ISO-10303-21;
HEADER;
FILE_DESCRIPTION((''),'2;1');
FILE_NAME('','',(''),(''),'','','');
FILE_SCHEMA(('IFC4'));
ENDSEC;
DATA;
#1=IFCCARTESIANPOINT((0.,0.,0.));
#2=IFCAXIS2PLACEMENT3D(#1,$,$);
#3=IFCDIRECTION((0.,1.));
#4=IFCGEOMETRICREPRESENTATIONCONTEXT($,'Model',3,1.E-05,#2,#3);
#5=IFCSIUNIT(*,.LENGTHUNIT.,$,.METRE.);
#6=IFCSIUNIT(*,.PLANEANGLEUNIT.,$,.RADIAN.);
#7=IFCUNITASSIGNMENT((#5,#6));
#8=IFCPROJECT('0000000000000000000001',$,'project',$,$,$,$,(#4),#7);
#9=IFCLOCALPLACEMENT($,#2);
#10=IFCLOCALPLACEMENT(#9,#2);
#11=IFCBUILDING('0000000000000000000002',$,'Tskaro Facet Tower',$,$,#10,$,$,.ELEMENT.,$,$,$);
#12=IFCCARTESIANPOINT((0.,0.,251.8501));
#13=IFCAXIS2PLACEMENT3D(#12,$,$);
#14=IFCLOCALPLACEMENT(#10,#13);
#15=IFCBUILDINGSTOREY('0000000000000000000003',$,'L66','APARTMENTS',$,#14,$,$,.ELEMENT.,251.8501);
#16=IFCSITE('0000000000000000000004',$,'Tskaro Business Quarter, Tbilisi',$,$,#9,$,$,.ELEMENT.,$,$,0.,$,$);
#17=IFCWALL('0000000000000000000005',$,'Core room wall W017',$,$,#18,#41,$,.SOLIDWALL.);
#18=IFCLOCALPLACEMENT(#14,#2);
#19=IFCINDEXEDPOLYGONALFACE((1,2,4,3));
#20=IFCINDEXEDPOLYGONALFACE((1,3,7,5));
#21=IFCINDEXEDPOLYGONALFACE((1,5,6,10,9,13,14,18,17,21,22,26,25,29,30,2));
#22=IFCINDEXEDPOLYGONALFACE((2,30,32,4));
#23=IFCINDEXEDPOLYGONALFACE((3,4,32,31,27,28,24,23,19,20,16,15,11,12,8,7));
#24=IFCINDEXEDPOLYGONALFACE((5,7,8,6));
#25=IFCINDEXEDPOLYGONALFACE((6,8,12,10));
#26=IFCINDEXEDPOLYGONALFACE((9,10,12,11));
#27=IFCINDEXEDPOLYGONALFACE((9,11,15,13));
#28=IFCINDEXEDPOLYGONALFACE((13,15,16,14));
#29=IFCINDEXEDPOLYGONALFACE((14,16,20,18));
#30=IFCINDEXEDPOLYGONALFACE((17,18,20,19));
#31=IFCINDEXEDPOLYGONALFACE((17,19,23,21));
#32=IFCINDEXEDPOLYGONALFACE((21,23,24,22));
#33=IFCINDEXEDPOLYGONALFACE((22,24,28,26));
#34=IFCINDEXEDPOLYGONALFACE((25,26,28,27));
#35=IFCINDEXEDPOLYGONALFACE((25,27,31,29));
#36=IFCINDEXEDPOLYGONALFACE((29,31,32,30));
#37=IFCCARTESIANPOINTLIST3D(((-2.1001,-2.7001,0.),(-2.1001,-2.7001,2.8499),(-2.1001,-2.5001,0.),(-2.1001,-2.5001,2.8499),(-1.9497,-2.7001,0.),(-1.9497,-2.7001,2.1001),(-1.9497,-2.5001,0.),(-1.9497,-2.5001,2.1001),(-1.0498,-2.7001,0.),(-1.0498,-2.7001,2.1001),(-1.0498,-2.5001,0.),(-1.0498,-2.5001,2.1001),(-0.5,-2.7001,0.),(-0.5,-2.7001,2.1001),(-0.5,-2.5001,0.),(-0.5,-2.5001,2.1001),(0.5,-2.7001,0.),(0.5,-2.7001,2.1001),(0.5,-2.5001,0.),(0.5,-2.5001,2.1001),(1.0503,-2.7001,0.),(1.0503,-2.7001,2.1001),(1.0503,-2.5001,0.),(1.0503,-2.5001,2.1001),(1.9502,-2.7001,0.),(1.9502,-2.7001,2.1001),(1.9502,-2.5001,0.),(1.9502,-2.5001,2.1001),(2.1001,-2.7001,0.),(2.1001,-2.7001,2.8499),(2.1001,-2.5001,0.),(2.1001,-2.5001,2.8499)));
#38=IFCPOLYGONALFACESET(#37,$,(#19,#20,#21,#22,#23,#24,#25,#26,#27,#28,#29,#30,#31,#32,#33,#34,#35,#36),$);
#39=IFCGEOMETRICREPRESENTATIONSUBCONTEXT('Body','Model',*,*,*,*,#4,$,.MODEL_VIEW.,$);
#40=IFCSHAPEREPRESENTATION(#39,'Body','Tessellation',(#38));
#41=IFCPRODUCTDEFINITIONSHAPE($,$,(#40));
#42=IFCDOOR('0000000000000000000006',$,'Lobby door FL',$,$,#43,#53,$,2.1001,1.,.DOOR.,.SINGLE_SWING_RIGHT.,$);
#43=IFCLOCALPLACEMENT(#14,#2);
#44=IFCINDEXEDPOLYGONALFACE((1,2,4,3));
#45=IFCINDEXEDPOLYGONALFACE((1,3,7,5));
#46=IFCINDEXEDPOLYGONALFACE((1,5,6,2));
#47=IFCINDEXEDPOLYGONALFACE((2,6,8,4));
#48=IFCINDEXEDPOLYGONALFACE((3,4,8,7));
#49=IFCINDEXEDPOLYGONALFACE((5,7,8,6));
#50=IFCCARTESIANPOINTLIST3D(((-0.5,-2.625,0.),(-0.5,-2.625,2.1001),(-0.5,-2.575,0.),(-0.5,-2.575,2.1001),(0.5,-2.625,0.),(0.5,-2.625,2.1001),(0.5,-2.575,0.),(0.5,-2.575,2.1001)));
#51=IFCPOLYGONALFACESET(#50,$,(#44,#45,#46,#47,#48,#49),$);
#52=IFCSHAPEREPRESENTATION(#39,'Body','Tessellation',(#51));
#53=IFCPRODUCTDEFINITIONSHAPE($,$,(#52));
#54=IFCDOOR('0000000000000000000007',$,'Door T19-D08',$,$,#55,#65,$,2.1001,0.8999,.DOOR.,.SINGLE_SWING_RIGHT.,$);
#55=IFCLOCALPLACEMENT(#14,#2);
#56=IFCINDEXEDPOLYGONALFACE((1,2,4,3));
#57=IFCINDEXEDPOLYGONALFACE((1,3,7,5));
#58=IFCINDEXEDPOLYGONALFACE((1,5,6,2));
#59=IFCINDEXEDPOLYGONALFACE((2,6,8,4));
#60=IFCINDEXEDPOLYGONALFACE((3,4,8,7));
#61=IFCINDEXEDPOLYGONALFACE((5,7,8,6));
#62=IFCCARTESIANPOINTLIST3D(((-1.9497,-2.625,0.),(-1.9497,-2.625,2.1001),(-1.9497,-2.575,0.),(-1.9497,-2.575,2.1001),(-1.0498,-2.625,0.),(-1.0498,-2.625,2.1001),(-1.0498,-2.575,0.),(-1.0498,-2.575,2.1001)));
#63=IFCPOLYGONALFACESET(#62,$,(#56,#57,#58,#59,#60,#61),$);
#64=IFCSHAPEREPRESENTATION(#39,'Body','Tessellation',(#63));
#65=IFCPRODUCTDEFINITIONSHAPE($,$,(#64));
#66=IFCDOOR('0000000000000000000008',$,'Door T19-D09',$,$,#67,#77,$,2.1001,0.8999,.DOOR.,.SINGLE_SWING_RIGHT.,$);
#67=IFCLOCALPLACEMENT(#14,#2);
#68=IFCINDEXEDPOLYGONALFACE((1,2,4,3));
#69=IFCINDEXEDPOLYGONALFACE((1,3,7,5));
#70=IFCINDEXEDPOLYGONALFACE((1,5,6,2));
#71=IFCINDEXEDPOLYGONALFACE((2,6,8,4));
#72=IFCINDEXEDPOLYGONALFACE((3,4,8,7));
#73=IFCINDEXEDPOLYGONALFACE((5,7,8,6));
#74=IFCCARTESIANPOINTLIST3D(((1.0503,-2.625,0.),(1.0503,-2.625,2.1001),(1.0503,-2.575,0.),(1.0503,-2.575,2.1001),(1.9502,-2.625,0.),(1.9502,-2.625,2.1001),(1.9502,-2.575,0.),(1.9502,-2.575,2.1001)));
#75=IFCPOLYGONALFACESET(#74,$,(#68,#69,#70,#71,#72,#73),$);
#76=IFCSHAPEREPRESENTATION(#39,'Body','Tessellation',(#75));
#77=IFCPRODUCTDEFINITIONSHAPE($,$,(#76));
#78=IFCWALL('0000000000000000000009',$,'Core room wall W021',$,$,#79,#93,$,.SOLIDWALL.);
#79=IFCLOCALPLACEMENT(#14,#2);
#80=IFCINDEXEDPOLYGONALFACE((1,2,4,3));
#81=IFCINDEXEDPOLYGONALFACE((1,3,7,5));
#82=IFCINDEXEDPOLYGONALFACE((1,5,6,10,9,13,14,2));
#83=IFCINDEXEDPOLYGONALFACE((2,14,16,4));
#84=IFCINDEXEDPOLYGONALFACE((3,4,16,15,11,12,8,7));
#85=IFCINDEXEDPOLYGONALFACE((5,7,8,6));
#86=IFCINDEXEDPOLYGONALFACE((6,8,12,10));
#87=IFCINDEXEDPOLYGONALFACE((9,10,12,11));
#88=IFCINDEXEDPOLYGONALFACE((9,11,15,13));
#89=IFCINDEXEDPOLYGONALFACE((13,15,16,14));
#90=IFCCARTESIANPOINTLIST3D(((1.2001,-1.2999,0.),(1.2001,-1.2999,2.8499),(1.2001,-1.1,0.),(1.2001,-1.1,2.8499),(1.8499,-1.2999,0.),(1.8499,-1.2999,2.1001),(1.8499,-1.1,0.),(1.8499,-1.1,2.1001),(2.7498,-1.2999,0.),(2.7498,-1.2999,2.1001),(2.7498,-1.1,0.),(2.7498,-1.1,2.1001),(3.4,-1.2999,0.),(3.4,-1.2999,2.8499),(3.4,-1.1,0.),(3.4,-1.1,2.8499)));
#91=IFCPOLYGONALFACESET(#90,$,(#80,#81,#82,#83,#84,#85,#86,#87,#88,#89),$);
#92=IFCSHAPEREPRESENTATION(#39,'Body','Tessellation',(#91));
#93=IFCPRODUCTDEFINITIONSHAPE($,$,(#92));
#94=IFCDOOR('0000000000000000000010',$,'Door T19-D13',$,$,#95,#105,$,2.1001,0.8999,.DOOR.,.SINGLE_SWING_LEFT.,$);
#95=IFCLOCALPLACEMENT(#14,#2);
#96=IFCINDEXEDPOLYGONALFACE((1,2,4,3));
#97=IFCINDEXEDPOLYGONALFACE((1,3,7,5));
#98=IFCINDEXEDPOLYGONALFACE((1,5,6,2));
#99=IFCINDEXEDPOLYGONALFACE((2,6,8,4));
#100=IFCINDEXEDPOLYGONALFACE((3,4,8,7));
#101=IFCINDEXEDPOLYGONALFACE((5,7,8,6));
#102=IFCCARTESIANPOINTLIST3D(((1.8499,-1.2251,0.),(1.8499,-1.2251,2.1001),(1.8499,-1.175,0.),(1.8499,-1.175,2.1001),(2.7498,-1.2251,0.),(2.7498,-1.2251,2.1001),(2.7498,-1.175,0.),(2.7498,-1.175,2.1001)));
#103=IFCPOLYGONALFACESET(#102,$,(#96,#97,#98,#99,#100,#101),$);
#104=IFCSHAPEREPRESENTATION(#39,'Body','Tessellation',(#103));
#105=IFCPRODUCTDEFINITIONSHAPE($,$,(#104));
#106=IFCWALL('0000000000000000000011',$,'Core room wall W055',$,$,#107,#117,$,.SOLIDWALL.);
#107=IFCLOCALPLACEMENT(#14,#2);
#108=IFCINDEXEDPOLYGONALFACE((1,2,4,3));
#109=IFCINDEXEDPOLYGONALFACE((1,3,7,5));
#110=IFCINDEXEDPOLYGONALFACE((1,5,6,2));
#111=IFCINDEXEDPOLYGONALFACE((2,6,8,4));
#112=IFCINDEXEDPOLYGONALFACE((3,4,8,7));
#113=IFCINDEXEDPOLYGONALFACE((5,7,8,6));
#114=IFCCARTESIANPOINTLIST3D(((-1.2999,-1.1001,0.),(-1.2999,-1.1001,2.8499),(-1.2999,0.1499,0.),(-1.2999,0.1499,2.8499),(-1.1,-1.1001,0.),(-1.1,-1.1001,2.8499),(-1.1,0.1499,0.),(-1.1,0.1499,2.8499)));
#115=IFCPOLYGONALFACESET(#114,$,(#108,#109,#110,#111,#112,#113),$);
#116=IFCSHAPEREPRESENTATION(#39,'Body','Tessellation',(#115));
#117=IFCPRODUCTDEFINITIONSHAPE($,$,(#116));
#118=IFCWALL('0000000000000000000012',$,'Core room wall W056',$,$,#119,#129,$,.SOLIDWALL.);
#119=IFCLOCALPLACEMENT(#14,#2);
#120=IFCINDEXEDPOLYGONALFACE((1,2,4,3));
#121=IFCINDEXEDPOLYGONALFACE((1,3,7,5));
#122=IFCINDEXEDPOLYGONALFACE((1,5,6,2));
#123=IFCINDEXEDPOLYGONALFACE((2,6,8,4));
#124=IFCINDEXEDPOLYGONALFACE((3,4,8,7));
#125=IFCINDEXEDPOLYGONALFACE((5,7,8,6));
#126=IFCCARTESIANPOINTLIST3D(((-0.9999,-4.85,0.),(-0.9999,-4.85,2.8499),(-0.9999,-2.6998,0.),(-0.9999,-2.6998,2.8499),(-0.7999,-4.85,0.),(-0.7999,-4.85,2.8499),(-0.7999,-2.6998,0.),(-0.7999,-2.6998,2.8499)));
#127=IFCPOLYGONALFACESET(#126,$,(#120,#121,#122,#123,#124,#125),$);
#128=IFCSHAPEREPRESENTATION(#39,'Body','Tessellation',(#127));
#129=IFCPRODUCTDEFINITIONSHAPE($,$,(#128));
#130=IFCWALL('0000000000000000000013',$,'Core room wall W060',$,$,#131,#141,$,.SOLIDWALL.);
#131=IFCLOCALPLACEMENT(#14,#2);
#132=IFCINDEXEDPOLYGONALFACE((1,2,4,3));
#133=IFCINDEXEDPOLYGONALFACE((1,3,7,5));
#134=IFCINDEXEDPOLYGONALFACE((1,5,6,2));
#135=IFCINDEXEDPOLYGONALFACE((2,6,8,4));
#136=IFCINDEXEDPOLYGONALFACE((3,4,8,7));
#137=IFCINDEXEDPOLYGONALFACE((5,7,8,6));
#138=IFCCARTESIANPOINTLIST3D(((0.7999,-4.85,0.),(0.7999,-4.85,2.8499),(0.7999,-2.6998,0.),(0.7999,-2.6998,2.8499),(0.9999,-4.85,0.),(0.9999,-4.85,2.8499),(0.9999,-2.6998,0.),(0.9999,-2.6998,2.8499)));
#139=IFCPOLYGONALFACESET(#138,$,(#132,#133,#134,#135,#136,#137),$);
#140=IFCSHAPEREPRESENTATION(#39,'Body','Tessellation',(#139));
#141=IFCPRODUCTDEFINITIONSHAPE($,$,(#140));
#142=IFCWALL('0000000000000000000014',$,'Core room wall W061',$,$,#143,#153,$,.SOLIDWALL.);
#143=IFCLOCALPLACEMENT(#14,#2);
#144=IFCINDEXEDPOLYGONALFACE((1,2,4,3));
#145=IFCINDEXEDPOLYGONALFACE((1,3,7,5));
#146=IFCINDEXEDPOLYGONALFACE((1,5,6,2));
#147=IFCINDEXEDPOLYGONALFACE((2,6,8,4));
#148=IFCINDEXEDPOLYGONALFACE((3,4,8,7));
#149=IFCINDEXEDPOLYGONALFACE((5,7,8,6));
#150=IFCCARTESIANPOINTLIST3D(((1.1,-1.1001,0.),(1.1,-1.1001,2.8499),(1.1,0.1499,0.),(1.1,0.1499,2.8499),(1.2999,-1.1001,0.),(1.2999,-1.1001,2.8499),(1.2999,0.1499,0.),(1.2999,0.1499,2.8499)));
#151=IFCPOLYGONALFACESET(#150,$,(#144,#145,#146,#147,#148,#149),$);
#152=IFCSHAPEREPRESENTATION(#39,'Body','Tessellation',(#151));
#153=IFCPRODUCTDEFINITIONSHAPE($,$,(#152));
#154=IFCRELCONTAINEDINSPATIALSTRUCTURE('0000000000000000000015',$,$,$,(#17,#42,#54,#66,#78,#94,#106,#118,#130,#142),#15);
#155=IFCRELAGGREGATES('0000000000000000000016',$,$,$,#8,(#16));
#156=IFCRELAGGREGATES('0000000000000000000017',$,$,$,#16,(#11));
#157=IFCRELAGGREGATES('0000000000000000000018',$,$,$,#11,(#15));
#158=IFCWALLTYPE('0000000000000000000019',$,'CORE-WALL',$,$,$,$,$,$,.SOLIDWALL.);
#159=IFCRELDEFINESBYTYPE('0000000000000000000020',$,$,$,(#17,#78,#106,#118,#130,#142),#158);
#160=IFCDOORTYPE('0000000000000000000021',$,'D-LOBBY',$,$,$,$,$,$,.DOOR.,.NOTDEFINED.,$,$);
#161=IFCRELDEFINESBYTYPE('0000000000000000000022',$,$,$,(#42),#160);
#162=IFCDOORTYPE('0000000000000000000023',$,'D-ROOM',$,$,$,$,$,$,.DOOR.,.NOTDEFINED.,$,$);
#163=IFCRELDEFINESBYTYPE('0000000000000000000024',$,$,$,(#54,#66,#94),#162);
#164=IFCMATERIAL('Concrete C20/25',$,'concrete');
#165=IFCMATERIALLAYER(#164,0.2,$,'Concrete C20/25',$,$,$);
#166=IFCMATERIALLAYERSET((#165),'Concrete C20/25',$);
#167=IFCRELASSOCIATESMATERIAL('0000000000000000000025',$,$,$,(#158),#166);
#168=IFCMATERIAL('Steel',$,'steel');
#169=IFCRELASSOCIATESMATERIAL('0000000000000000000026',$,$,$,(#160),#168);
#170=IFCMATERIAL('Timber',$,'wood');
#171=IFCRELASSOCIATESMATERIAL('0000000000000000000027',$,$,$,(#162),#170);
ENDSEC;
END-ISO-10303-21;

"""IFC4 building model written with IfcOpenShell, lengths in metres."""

from ifc_helpers import new_model, si_unit, direction, frame, frame_2d, origin, place, context, subcontext, project, spatial, rectangle, extrude, material, layer, layer_set, type_object, element, fill, save


model = new_model("IFC4")

# Units and contexts
model_context = context("Model", 3, precision=1e-05, world=origin(), true_north=direction((0.0, 1.0)))
body_context = subcontext(model_context, "Body", "Model", "MODEL_VIEW")
ifc_project = project(units=[si_unit("LENGTHUNIT", "METRE"), si_unit("PLANEANGLEUNIT", "RADIAN")], contexts=[model_context])

# Site, building, storey
site_placement = place(None, origin())
site = spatial("IfcSite", under=ifc_project, at=site_placement, Name="Tskaro Business Quarter, Tbilisi", CompositionType="ELEMENT", RefElevation=0.0)
building_placement = place(site_placement, origin())
building = spatial("IfcBuilding", under=site, at=building_placement, Name="Tskaro Facet Tower", CompositionType="ELEMENT")
storey_placement = place(building_placement, frame((0.0, 0.0, 251.8501)))
storey = spatial("IfcBuildingStorey", under=building, at=storey_placement, Name="L66", Description="APARTMENTS", CompositionType="ELEMENT", Elevation=251.8501)

# Shared definitions
ifc_material_1 = material(Name="Steel", Category="steel")

# Shared definitions
ifc_material_2 = material(Name="Concrete C20/25", Category="concrete")
ifc_layer_1 = layer(ifc_material_2, 0.2, Name="Concrete C20/25")
ifc_layer_set_1 = layer_set([ifc_layer_1], Name="Concrete C20/25")
wall_type_1 = type_object("IfcWallType", Name="CORE-WALL", PredefinedType="SOLIDWALL", material=ifc_layer_set_1)

# Wall, openings, doors
wall_1_placement = place(storey_placement, frame((2.1001, -2.6001, 0.0), z_axis=(0.0, 0.0, 1.0), x_axis=(-1.0, 0.0, 0.0)))
wall_1 = element("IfcWall", 1, at=wall_1_placement, inside=storey, type_object=wall_type_1, Name="Core room wall W017", PredefinedType="SOLIDWALL", context=body_context, shape_type="SweptSolid", body=[
    extrude(rectangle(XDim=4.2002, YDim=0.2, at=frame_2d((2.1001, 0.0))), origin(), (0.0, 0.0, 1.0), 2.8499),
])
opening_1_placement = place(wall_1_placement, frame((1.6001, 0.0, 0.0)))
opening_1 = element("IfcOpeningElement", 2, at=opening_1_placement, cuts=wall_1, PredefinedType="OPENING", context=body_context, shape_type="SweptSolid", body=[
    extrude(rectangle(XDim=1.0, YDim=2.1001, at=frame_2d((0.5, 1.05))), frame((0.0, 0.1099, 0.0), z_axis=(0.0, -1.0, 0.0), x_axis=(1.0, 0.0, 0.0)), (0.0, 0.0, 1.0), 0.22),
])
opening_2_placement = place(wall_1_placement, frame((3.1499, 0.0, 0.0)))
opening_2 = element("IfcOpeningElement", 3, at=opening_2_placement, cuts=wall_1, PredefinedType="OPENING", context=body_context, shape_type="SweptSolid", body=[
    extrude(rectangle(XDim=0.8999, YDim=2.1001, at=frame_2d((0.45, 1.05))), frame((0.0, 0.1099, 0.0), z_axis=(0.0, -1.0, 0.0), x_axis=(1.0, 0.0, 0.0)), (0.0, 0.0, 1.0), 0.22),
])
opening_3_placement = place(wall_1_placement, frame((0.1499, 0.0, 0.0)))
opening_3 = element("IfcOpeningElement", 4, at=opening_3_placement, cuts=wall_1, PredefinedType="OPENING", context=body_context, shape_type="SweptSolid", body=[
    extrude(rectangle(XDim=0.8999, YDim=2.1001, at=frame_2d((0.45, 1.05))), frame((0.0, 0.1099, 0.0), z_axis=(0.0, -1.0, 0.0), x_axis=(1.0, 0.0, 0.0)), (0.0, 0.0, 1.0), 0.22),
])
door_type_1 = type_object("IfcDoorType", Name="D-LOBBY", OperationType="NOTDEFINED", PredefinedType="DOOR", material=ifc_material_1)
door_1_placement = place(opening_1_placement, origin())
door_1 = element("IfcDoor", 5, at=door_1_placement, inside=storey, type_object=door_type_1, Name="Lobby door FL", OperationType="SINGLE_SWING_RIGHT", OverallHeight=2.1001, OverallWidth=1.0, PredefinedType="DOOR", context=body_context, shape_type="SweptSolid", body=[
    extrude(rectangle(XDim=1.0, YDim=2.1001, at=frame_2d((0.5, 1.05))), frame((0.0, 0.0249, 0.0), z_axis=(0.0, -1.0, 0.0), x_axis=(1.0, 0.0, 0.0)), (0.0, 0.0, 1.0), 0.05),
])
fill(opening_1, door_1)
ifc_material_3 = material(Name="Timber", Category="wood")
door_type_2 = type_object("IfcDoorType", Name="D-ROOM", OperationType="NOTDEFINED", PredefinedType="DOOR", material=ifc_material_3)
door_2_placement = place(opening_2_placement, origin())
door_2 = element("IfcDoor", 6, at=door_2_placement, inside=storey, type_object=door_type_2, Name="Door T19-D08", OperationType="SINGLE_SWING_RIGHT", OverallHeight=2.1001, OverallWidth=0.8999, PredefinedType="DOOR", context=body_context, shape_type="SweptSolid", body=[
    extrude(rectangle(XDim=0.8999, YDim=2.1001, at=frame_2d((0.45, 1.05))), frame((0.0, 0.0249, 0.0), z_axis=(0.0, -1.0, 0.0), x_axis=(1.0, 0.0, 0.0)), (0.0, 0.0, 1.0), 0.05),
])
fill(opening_2, door_2)
door_3_placement = place(opening_3_placement, origin())
door_3 = element("IfcDoor", 7, at=door_3_placement, inside=storey, type_object=door_type_2, Name="Door T19-D09", OperationType="SINGLE_SWING_RIGHT", OverallHeight=2.1001, OverallWidth=0.8999, PredefinedType="DOOR", context=body_context, shape_type="SweptSolid", body=[
    extrude(rectangle(XDim=0.8999, YDim=2.1001, at=frame_2d((0.45, 1.05))), frame((0.0, 0.0249, 0.0), z_axis=(0.0, -1.0, 0.0), x_axis=(1.0, 0.0, 0.0)), (0.0, 0.0, 1.0), 0.05),
])
fill(opening_3, door_3)

# Wall, opening, door
wall_2_placement = place(storey_placement, frame((1.2, -1.2, 0.0), z_axis=(0.0, 0.0, 1.0), x_axis=(1.0, 0.0, 0.0)))
wall_2 = element("IfcWall", 8, at=wall_2_placement, inside=storey, type_object=wall_type_1, Name="Core room wall W021", PredefinedType="SOLIDWALL", context=body_context, shape_type="SweptSolid", body=[
    extrude(rectangle(XDim=2.2, YDim=0.2, at=frame_2d((1.1001, 0.0))), origin(), (0.0, 0.0, 1.0), 2.8499),
])
opening_4_placement = place(wall_2_placement, frame((0.6499, 0.0, 0.0)))
opening_4 = element("IfcOpeningElement", 9, at=opening_4_placement, cuts=wall_2, PredefinedType="OPENING", context=body_context, shape_type="SweptSolid", body=[
    extrude(rectangle(XDim=0.8999, YDim=2.1001, at=frame_2d((0.45, 1.05))), frame((0.0, 0.1099, 0.0), z_axis=(0.0, -1.0, 0.0), x_axis=(1.0, 0.0, 0.0)), (0.0, 0.0, 1.0), 0.22),
])
door_4_placement = place(opening_4_placement, origin())
door_4 = element("IfcDoor", 10, at=door_4_placement, inside=storey, type_object=door_type_2, Name="Door T19-D13", OperationType="SINGLE_SWING_LEFT", OverallHeight=2.1001, OverallWidth=0.8999, PredefinedType="DOOR", context=body_context, shape_type="SweptSolid", body=[
    extrude(rectangle(XDim=0.8999, YDim=2.1001, at=frame_2d((0.45, 1.05))), frame((0.0, 0.0249, 0.0), z_axis=(0.0, -1.0, 0.0), x_axis=(1.0, 0.0, 0.0)), (0.0, 0.0, 1.0), 0.05),
])
fill(opening_4, door_4)

# Walls
wall_3_placement = place(storey_placement, frame((-1.2, -1.1001, 0.0), z_axis=(0.0, 0.0, 1.0), x_axis=(0.0, 1.0, 0.0)))
element("IfcWall", 11, at=wall_3_placement, inside=storey, type_object=wall_type_1, Name="Core room wall W055", PredefinedType="SOLIDWALL", context=body_context, shape_type="SweptSolid", body=[
    extrude(rectangle(XDim=1.25, YDim=0.2, at=frame_2d((0.625, 0.0))), origin(), (0.0, 0.0, 1.0), 2.8499),
])
for number, where, z_axis, x_axis, name in (
    (12, (-0.8999, -4.8501, 0.0), (0.0, 0.0, 1.0), (0.0, 1.0, 0.0), "Core room wall W056"),
    (13, (0.8999, -4.8501, 0.0), (0.0, 0.0, 1.0), (0.0, 1.0, 0.0), "Core room wall W060"),
):
    element("IfcWall", number, at=place(storey_placement, frame(where, z_axis=z_axis, x_axis=x_axis)), inside=storey, type_object=wall_type_1, Name=name, PredefinedType="SOLIDWALL", context=body_context, shape_type="SweptSolid", body=[
        extrude(rectangle(XDim=2.1501, YDim=0.2, at=frame_2d((1.0752, 0.0))), origin(), (0.0, 0.0, 1.0), 2.8499),
    ])
wall_4_placement = place(storey_placement, frame((1.2, -1.1001, 0.0), z_axis=(0.0, 0.0, 1.0), x_axis=(0.0, 1.0, 0.0)))
element("IfcWall", 14, at=wall_4_placement, inside=storey, type_object=wall_type_1, Name="Core room wall W061", PredefinedType="SOLIDWALL", context=body_context, shape_type="SweptSolid", body=[
    extrude(rectangle(XDim=1.25, YDim=0.2, at=frame_2d((0.625, 0.0))), origin(), (0.0, 0.0, 1.0), 2.8499),
])

save(model, "model.ifc")
